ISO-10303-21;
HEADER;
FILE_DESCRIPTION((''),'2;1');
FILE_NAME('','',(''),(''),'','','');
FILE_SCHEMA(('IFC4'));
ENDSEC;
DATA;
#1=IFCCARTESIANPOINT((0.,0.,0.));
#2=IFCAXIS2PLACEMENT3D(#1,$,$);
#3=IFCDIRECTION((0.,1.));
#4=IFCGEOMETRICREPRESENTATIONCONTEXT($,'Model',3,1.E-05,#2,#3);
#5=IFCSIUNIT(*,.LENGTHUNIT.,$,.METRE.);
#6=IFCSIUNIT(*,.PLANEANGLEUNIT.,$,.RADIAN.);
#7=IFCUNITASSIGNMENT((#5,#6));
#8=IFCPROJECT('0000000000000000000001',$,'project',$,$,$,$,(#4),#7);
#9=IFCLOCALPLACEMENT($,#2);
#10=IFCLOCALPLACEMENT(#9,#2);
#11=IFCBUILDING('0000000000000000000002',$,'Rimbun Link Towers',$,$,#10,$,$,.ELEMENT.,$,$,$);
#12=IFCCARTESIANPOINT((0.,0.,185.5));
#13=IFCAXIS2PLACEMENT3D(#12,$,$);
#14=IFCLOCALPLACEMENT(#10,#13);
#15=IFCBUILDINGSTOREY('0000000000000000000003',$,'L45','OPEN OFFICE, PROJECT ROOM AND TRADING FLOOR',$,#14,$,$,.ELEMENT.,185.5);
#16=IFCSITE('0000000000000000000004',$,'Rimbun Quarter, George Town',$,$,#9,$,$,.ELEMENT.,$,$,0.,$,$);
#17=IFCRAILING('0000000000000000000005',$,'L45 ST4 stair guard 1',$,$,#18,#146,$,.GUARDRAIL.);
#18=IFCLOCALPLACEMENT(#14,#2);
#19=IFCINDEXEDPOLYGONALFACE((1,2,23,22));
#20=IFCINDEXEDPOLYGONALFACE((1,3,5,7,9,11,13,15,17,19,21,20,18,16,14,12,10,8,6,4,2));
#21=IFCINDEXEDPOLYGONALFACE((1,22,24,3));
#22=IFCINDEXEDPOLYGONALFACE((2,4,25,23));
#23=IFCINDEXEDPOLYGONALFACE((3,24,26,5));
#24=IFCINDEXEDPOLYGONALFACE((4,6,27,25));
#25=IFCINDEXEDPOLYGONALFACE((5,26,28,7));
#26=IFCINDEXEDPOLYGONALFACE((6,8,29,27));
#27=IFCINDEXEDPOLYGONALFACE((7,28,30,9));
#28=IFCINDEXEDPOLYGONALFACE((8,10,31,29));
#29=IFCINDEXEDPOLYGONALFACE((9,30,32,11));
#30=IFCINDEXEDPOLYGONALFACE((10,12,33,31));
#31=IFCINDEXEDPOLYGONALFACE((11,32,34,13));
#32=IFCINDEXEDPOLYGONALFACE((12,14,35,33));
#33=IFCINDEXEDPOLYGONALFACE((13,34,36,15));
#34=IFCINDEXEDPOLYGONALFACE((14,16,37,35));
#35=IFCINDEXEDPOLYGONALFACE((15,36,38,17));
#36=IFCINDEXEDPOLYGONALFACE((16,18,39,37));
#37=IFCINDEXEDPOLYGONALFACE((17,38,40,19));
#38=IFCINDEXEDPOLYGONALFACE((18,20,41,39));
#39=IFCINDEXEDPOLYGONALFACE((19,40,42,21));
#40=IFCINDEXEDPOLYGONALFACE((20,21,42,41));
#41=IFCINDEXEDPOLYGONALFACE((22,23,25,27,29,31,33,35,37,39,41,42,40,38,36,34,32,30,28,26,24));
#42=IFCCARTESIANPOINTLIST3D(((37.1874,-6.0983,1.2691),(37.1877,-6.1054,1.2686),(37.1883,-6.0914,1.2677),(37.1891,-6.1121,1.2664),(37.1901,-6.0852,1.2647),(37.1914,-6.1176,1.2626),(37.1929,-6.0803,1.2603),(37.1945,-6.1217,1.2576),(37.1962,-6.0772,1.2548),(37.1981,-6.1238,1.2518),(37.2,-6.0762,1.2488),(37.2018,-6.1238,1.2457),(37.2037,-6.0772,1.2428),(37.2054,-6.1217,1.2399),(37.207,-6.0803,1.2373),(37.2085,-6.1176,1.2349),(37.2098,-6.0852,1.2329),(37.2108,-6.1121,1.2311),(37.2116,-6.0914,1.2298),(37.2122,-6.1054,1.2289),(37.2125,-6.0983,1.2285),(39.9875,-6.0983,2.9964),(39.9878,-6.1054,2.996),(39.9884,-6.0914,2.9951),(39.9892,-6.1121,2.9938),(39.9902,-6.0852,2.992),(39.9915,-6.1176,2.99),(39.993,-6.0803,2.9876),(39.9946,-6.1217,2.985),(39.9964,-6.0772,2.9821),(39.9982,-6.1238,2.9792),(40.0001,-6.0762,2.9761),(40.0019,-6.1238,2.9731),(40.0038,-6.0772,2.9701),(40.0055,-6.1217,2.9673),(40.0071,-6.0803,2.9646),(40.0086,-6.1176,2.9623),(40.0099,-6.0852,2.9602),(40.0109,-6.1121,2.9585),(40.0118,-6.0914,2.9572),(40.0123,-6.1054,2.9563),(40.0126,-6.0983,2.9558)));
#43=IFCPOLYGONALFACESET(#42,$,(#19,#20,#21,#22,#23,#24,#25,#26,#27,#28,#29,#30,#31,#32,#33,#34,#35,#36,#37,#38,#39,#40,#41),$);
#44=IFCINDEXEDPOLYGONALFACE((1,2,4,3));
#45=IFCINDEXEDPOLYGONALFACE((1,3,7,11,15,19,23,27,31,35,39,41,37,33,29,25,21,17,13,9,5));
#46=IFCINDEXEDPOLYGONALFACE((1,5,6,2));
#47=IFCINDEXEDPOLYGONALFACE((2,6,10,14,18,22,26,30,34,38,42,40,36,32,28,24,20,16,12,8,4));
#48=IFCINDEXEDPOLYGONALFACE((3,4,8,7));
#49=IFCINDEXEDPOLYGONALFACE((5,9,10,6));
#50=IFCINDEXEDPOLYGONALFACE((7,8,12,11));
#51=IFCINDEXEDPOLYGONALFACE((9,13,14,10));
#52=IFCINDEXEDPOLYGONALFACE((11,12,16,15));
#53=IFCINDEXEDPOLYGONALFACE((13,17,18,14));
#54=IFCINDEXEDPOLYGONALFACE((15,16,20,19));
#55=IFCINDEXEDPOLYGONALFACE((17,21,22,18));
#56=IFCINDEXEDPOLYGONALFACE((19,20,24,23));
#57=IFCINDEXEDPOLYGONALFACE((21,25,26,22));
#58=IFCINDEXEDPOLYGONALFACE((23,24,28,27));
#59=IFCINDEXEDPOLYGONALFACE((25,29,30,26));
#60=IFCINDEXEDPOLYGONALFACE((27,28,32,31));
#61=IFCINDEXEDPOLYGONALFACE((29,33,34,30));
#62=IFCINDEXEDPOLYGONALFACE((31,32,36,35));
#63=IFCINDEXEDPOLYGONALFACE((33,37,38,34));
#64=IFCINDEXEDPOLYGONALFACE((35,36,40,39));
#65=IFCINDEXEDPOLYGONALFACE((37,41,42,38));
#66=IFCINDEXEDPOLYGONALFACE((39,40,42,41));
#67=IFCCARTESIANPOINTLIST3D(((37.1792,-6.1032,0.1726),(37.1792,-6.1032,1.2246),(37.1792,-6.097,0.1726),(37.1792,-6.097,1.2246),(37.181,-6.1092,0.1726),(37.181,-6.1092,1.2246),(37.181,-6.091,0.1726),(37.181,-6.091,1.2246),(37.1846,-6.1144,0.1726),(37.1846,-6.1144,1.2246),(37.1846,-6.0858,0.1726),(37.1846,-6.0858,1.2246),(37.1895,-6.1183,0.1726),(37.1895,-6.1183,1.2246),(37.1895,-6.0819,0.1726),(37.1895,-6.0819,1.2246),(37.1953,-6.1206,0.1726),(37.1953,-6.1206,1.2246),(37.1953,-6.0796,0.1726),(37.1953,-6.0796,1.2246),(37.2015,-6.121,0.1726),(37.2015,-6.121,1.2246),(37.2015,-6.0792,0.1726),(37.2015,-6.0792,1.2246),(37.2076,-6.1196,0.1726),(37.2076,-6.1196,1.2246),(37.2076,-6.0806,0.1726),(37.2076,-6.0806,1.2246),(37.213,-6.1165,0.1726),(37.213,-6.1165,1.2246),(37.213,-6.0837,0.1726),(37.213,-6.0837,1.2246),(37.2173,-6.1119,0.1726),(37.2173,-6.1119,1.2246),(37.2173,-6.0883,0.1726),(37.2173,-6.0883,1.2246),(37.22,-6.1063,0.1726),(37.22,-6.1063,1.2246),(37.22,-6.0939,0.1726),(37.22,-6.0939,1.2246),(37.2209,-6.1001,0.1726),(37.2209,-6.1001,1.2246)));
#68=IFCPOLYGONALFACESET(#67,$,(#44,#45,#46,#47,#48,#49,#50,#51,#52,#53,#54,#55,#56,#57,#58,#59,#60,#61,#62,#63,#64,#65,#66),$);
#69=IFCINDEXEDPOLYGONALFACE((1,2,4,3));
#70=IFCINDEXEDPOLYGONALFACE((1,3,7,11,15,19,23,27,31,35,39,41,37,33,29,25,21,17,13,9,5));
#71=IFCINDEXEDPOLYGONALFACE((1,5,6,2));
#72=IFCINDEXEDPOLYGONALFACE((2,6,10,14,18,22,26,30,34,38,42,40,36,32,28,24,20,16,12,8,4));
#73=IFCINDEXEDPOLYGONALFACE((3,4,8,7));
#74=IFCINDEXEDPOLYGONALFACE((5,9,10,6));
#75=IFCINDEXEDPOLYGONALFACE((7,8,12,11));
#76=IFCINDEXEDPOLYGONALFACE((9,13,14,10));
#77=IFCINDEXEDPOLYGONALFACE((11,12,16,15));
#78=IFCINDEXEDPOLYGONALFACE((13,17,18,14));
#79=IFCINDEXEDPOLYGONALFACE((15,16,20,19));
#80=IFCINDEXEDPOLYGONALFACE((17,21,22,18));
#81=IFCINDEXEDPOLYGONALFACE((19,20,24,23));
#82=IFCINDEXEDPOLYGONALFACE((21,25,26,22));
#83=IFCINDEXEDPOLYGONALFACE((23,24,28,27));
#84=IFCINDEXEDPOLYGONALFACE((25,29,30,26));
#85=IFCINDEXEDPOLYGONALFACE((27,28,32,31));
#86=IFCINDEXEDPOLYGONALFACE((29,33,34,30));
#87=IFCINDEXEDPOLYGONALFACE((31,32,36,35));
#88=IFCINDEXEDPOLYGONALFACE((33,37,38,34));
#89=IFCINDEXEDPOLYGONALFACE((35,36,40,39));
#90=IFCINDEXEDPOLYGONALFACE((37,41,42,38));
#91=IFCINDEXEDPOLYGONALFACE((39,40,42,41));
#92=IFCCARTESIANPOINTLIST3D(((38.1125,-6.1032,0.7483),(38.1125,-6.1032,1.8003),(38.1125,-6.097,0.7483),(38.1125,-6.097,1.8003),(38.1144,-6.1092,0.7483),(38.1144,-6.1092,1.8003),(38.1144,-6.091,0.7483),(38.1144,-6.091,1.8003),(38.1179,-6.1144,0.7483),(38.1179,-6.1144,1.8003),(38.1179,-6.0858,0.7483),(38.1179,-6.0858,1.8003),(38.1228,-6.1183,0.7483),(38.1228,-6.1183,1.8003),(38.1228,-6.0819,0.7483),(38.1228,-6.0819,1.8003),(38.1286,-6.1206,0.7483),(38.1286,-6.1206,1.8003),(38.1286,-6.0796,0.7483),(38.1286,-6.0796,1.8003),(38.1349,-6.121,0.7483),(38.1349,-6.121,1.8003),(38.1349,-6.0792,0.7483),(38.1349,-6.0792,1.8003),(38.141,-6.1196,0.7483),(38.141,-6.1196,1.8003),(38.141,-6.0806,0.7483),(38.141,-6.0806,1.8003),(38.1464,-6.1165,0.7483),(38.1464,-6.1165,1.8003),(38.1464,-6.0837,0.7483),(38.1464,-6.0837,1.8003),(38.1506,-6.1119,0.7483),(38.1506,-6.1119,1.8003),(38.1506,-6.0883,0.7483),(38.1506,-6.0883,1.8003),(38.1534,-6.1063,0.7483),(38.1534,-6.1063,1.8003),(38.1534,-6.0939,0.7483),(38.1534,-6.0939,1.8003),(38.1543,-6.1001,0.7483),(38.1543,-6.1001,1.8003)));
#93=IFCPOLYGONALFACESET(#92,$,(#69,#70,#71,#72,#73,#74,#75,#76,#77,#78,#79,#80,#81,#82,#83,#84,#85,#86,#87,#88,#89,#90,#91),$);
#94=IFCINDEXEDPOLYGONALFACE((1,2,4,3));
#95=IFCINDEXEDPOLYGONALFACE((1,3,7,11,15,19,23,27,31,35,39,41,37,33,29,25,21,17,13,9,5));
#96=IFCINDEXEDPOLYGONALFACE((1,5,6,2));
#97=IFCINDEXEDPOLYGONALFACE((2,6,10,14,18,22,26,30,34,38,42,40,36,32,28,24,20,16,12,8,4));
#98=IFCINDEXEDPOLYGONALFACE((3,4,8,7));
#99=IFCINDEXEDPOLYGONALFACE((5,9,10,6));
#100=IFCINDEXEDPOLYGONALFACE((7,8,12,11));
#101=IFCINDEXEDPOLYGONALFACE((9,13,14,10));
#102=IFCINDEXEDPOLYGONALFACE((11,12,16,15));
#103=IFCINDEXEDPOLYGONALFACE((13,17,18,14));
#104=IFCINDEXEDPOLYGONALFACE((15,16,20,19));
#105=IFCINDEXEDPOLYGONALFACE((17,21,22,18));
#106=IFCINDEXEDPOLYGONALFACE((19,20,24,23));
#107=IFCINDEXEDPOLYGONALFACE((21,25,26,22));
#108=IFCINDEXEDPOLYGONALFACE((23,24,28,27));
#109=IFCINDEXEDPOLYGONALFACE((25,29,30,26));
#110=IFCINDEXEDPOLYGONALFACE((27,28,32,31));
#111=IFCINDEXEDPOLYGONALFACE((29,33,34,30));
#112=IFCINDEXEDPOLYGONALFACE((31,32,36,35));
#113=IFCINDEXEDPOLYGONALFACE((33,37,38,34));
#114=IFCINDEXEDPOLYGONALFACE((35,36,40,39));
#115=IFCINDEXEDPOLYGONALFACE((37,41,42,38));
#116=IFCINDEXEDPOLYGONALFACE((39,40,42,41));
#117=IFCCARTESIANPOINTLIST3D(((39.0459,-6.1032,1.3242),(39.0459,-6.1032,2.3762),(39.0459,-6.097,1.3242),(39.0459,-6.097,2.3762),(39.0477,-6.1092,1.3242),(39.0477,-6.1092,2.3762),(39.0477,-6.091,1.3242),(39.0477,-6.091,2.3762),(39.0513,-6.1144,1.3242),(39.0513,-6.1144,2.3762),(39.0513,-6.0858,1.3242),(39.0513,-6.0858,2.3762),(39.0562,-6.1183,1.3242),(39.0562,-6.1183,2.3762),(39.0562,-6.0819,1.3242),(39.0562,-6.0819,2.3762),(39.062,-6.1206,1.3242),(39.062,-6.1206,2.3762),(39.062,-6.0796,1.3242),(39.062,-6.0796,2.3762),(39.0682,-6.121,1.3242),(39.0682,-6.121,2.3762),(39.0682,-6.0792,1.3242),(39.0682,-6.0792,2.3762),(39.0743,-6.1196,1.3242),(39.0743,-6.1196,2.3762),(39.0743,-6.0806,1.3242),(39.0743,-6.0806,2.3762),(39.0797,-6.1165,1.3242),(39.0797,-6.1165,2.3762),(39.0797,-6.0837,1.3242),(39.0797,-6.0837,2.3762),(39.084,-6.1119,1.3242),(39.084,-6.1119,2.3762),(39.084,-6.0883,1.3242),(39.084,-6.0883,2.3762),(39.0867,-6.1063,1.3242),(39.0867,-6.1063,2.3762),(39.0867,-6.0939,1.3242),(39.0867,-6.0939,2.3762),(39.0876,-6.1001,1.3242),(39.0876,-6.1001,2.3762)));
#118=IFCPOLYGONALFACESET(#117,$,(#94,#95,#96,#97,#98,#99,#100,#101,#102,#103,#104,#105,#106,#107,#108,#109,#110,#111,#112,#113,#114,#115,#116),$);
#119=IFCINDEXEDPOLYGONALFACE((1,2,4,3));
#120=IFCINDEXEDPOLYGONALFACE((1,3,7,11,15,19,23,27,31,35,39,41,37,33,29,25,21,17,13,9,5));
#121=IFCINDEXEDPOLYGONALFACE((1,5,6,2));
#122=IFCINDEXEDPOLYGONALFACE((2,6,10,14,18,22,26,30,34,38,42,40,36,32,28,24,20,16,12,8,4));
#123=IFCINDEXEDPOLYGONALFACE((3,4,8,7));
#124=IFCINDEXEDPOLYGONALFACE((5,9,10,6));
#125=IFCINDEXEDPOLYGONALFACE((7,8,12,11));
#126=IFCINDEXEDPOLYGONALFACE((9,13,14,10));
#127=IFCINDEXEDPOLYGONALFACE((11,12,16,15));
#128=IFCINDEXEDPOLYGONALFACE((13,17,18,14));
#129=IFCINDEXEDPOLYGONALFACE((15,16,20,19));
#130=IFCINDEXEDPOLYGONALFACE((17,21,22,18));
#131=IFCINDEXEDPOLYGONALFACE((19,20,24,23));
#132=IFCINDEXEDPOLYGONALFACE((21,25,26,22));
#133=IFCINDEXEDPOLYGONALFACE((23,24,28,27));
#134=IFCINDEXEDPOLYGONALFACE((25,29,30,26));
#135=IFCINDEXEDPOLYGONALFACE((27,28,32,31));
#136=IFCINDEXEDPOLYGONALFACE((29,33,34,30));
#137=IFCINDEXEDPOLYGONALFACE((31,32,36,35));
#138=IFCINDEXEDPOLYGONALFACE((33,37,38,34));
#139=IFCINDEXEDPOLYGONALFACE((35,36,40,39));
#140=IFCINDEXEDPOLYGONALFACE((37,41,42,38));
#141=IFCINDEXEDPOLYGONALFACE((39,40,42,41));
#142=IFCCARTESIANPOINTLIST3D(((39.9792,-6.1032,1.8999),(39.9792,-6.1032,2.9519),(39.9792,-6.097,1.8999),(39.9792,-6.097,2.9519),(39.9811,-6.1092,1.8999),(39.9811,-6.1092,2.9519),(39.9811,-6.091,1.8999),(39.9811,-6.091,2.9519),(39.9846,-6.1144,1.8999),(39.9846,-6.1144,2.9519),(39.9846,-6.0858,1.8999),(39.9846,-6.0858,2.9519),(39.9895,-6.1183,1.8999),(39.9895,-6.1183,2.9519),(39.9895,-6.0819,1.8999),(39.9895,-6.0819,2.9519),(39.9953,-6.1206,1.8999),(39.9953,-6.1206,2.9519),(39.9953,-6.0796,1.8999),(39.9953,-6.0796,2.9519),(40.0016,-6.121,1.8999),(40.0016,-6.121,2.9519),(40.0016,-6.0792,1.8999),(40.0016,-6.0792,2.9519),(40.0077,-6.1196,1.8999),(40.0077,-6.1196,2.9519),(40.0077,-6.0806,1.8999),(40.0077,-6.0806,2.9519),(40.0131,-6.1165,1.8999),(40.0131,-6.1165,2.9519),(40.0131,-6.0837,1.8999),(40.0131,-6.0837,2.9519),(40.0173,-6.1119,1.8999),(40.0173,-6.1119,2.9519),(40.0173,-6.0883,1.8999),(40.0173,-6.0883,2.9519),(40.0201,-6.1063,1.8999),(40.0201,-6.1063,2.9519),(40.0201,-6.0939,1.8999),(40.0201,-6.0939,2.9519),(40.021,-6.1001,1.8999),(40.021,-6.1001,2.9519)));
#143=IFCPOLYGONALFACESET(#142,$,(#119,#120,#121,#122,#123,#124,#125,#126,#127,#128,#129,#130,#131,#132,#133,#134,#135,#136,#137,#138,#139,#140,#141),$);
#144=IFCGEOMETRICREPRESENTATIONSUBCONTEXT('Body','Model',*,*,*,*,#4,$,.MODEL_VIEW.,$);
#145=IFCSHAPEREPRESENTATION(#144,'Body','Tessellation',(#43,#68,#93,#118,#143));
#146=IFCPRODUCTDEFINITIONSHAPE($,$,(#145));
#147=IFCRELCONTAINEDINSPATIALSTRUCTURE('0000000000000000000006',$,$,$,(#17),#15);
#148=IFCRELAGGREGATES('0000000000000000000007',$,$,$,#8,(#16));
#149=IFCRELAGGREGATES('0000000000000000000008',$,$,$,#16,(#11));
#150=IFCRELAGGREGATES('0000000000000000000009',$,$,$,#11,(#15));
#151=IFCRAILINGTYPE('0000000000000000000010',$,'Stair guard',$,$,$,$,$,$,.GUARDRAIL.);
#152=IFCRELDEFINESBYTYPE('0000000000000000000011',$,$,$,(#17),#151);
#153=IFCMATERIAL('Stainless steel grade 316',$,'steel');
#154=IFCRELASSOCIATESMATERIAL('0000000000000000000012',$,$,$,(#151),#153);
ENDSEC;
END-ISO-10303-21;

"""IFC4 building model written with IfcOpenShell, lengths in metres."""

from ifc_helpers import new_model, si_unit, direction, frame, origin, origin_2d, place, context, subcontext, project, spatial, circle, extrude, material, type_object, element, save


model = new_model("IFC4")

# Units and contexts
model_context = context("Model", 3, precision=1e-05, world=origin(), true_north=direction((0.0, 1.0)))
body_context = subcontext(model_context, "Body", "Model", "MODEL_VIEW")
ifc_project = project(units=[si_unit("LENGTHUNIT", "METRE"), si_unit("PLANEANGLEUNIT", "RADIAN")], contexts=[model_context])

# Site, building, storey
site_placement = place(None, origin())
site = spatial("IfcSite", under=ifc_project, at=site_placement, Name="Rimbun Quarter, George Town", CompositionType="ELEMENT", RefElevation=0.0)
building_placement = place(site_placement, origin())
building = spatial("IfcBuilding", under=site, at=building_placement, Name="Rimbun Link Towers", CompositionType="ELEMENT")
storey_placement = place(building_placement, frame((0.0, 0.0, 185.5)))
storey = spatial("IfcBuildingStorey", under=building, at=storey_placement, Name="L45", Description="OPEN OFFICE, PROJECT ROOM AND TRADING FLOOR", CompositionType="ELEMENT", Elevation=185.5)

# Railing
ifc_material_1 = material(Name="Stainless steel grade 316", Category="steel")
railing_type_1 = type_object("IfcRailingType", Name="Stair guard", PredefinedType="GUARDRAIL", material=ifc_material_1)
railing_1_placement = place(storey_placement, frame((37.2, -6.1001, 0.1726)))
element("IfcRailing", 1, at=railing_1_placement, inside=storey, type_object=railing_type_1, Name="L45 ST4 stair guard 1", PredefinedType="GUARDRAIL", context=body_context, shape_type="SweptSolid", body=[
    extrude(circle(Radius=0.0239, at=origin_2d()), frame((0.0, 0.0, 1.0762), z_axis=(0.85109, 0.0, 0.52502), x_axis=(0.0, 1.0, 0.0)), (0.0, 0.0, 1.0), 3.29),
    extrude(circle(Radius=0.021, at=origin_2d()), origin(), (0.0, 0.0, 1.0), 1.052),
    extrude(circle(Radius=0.021, at=origin_2d()), frame((0.9333, 0.0, 0.5757)), (0.0, 0.0, 1.0), 1.052),
    extrude(circle(Radius=0.021, at=origin_2d()), frame((1.8667, 0.0, 1.1516)), (0.0, 0.0, 1.0), 1.052),
    extrude(circle(Radius=0.021, at=origin_2d()), frame((2.8, 0.0, 1.7273)), (0.0, 0.0, 1.0), 1.052),
])

save(model, "model.ifc")
